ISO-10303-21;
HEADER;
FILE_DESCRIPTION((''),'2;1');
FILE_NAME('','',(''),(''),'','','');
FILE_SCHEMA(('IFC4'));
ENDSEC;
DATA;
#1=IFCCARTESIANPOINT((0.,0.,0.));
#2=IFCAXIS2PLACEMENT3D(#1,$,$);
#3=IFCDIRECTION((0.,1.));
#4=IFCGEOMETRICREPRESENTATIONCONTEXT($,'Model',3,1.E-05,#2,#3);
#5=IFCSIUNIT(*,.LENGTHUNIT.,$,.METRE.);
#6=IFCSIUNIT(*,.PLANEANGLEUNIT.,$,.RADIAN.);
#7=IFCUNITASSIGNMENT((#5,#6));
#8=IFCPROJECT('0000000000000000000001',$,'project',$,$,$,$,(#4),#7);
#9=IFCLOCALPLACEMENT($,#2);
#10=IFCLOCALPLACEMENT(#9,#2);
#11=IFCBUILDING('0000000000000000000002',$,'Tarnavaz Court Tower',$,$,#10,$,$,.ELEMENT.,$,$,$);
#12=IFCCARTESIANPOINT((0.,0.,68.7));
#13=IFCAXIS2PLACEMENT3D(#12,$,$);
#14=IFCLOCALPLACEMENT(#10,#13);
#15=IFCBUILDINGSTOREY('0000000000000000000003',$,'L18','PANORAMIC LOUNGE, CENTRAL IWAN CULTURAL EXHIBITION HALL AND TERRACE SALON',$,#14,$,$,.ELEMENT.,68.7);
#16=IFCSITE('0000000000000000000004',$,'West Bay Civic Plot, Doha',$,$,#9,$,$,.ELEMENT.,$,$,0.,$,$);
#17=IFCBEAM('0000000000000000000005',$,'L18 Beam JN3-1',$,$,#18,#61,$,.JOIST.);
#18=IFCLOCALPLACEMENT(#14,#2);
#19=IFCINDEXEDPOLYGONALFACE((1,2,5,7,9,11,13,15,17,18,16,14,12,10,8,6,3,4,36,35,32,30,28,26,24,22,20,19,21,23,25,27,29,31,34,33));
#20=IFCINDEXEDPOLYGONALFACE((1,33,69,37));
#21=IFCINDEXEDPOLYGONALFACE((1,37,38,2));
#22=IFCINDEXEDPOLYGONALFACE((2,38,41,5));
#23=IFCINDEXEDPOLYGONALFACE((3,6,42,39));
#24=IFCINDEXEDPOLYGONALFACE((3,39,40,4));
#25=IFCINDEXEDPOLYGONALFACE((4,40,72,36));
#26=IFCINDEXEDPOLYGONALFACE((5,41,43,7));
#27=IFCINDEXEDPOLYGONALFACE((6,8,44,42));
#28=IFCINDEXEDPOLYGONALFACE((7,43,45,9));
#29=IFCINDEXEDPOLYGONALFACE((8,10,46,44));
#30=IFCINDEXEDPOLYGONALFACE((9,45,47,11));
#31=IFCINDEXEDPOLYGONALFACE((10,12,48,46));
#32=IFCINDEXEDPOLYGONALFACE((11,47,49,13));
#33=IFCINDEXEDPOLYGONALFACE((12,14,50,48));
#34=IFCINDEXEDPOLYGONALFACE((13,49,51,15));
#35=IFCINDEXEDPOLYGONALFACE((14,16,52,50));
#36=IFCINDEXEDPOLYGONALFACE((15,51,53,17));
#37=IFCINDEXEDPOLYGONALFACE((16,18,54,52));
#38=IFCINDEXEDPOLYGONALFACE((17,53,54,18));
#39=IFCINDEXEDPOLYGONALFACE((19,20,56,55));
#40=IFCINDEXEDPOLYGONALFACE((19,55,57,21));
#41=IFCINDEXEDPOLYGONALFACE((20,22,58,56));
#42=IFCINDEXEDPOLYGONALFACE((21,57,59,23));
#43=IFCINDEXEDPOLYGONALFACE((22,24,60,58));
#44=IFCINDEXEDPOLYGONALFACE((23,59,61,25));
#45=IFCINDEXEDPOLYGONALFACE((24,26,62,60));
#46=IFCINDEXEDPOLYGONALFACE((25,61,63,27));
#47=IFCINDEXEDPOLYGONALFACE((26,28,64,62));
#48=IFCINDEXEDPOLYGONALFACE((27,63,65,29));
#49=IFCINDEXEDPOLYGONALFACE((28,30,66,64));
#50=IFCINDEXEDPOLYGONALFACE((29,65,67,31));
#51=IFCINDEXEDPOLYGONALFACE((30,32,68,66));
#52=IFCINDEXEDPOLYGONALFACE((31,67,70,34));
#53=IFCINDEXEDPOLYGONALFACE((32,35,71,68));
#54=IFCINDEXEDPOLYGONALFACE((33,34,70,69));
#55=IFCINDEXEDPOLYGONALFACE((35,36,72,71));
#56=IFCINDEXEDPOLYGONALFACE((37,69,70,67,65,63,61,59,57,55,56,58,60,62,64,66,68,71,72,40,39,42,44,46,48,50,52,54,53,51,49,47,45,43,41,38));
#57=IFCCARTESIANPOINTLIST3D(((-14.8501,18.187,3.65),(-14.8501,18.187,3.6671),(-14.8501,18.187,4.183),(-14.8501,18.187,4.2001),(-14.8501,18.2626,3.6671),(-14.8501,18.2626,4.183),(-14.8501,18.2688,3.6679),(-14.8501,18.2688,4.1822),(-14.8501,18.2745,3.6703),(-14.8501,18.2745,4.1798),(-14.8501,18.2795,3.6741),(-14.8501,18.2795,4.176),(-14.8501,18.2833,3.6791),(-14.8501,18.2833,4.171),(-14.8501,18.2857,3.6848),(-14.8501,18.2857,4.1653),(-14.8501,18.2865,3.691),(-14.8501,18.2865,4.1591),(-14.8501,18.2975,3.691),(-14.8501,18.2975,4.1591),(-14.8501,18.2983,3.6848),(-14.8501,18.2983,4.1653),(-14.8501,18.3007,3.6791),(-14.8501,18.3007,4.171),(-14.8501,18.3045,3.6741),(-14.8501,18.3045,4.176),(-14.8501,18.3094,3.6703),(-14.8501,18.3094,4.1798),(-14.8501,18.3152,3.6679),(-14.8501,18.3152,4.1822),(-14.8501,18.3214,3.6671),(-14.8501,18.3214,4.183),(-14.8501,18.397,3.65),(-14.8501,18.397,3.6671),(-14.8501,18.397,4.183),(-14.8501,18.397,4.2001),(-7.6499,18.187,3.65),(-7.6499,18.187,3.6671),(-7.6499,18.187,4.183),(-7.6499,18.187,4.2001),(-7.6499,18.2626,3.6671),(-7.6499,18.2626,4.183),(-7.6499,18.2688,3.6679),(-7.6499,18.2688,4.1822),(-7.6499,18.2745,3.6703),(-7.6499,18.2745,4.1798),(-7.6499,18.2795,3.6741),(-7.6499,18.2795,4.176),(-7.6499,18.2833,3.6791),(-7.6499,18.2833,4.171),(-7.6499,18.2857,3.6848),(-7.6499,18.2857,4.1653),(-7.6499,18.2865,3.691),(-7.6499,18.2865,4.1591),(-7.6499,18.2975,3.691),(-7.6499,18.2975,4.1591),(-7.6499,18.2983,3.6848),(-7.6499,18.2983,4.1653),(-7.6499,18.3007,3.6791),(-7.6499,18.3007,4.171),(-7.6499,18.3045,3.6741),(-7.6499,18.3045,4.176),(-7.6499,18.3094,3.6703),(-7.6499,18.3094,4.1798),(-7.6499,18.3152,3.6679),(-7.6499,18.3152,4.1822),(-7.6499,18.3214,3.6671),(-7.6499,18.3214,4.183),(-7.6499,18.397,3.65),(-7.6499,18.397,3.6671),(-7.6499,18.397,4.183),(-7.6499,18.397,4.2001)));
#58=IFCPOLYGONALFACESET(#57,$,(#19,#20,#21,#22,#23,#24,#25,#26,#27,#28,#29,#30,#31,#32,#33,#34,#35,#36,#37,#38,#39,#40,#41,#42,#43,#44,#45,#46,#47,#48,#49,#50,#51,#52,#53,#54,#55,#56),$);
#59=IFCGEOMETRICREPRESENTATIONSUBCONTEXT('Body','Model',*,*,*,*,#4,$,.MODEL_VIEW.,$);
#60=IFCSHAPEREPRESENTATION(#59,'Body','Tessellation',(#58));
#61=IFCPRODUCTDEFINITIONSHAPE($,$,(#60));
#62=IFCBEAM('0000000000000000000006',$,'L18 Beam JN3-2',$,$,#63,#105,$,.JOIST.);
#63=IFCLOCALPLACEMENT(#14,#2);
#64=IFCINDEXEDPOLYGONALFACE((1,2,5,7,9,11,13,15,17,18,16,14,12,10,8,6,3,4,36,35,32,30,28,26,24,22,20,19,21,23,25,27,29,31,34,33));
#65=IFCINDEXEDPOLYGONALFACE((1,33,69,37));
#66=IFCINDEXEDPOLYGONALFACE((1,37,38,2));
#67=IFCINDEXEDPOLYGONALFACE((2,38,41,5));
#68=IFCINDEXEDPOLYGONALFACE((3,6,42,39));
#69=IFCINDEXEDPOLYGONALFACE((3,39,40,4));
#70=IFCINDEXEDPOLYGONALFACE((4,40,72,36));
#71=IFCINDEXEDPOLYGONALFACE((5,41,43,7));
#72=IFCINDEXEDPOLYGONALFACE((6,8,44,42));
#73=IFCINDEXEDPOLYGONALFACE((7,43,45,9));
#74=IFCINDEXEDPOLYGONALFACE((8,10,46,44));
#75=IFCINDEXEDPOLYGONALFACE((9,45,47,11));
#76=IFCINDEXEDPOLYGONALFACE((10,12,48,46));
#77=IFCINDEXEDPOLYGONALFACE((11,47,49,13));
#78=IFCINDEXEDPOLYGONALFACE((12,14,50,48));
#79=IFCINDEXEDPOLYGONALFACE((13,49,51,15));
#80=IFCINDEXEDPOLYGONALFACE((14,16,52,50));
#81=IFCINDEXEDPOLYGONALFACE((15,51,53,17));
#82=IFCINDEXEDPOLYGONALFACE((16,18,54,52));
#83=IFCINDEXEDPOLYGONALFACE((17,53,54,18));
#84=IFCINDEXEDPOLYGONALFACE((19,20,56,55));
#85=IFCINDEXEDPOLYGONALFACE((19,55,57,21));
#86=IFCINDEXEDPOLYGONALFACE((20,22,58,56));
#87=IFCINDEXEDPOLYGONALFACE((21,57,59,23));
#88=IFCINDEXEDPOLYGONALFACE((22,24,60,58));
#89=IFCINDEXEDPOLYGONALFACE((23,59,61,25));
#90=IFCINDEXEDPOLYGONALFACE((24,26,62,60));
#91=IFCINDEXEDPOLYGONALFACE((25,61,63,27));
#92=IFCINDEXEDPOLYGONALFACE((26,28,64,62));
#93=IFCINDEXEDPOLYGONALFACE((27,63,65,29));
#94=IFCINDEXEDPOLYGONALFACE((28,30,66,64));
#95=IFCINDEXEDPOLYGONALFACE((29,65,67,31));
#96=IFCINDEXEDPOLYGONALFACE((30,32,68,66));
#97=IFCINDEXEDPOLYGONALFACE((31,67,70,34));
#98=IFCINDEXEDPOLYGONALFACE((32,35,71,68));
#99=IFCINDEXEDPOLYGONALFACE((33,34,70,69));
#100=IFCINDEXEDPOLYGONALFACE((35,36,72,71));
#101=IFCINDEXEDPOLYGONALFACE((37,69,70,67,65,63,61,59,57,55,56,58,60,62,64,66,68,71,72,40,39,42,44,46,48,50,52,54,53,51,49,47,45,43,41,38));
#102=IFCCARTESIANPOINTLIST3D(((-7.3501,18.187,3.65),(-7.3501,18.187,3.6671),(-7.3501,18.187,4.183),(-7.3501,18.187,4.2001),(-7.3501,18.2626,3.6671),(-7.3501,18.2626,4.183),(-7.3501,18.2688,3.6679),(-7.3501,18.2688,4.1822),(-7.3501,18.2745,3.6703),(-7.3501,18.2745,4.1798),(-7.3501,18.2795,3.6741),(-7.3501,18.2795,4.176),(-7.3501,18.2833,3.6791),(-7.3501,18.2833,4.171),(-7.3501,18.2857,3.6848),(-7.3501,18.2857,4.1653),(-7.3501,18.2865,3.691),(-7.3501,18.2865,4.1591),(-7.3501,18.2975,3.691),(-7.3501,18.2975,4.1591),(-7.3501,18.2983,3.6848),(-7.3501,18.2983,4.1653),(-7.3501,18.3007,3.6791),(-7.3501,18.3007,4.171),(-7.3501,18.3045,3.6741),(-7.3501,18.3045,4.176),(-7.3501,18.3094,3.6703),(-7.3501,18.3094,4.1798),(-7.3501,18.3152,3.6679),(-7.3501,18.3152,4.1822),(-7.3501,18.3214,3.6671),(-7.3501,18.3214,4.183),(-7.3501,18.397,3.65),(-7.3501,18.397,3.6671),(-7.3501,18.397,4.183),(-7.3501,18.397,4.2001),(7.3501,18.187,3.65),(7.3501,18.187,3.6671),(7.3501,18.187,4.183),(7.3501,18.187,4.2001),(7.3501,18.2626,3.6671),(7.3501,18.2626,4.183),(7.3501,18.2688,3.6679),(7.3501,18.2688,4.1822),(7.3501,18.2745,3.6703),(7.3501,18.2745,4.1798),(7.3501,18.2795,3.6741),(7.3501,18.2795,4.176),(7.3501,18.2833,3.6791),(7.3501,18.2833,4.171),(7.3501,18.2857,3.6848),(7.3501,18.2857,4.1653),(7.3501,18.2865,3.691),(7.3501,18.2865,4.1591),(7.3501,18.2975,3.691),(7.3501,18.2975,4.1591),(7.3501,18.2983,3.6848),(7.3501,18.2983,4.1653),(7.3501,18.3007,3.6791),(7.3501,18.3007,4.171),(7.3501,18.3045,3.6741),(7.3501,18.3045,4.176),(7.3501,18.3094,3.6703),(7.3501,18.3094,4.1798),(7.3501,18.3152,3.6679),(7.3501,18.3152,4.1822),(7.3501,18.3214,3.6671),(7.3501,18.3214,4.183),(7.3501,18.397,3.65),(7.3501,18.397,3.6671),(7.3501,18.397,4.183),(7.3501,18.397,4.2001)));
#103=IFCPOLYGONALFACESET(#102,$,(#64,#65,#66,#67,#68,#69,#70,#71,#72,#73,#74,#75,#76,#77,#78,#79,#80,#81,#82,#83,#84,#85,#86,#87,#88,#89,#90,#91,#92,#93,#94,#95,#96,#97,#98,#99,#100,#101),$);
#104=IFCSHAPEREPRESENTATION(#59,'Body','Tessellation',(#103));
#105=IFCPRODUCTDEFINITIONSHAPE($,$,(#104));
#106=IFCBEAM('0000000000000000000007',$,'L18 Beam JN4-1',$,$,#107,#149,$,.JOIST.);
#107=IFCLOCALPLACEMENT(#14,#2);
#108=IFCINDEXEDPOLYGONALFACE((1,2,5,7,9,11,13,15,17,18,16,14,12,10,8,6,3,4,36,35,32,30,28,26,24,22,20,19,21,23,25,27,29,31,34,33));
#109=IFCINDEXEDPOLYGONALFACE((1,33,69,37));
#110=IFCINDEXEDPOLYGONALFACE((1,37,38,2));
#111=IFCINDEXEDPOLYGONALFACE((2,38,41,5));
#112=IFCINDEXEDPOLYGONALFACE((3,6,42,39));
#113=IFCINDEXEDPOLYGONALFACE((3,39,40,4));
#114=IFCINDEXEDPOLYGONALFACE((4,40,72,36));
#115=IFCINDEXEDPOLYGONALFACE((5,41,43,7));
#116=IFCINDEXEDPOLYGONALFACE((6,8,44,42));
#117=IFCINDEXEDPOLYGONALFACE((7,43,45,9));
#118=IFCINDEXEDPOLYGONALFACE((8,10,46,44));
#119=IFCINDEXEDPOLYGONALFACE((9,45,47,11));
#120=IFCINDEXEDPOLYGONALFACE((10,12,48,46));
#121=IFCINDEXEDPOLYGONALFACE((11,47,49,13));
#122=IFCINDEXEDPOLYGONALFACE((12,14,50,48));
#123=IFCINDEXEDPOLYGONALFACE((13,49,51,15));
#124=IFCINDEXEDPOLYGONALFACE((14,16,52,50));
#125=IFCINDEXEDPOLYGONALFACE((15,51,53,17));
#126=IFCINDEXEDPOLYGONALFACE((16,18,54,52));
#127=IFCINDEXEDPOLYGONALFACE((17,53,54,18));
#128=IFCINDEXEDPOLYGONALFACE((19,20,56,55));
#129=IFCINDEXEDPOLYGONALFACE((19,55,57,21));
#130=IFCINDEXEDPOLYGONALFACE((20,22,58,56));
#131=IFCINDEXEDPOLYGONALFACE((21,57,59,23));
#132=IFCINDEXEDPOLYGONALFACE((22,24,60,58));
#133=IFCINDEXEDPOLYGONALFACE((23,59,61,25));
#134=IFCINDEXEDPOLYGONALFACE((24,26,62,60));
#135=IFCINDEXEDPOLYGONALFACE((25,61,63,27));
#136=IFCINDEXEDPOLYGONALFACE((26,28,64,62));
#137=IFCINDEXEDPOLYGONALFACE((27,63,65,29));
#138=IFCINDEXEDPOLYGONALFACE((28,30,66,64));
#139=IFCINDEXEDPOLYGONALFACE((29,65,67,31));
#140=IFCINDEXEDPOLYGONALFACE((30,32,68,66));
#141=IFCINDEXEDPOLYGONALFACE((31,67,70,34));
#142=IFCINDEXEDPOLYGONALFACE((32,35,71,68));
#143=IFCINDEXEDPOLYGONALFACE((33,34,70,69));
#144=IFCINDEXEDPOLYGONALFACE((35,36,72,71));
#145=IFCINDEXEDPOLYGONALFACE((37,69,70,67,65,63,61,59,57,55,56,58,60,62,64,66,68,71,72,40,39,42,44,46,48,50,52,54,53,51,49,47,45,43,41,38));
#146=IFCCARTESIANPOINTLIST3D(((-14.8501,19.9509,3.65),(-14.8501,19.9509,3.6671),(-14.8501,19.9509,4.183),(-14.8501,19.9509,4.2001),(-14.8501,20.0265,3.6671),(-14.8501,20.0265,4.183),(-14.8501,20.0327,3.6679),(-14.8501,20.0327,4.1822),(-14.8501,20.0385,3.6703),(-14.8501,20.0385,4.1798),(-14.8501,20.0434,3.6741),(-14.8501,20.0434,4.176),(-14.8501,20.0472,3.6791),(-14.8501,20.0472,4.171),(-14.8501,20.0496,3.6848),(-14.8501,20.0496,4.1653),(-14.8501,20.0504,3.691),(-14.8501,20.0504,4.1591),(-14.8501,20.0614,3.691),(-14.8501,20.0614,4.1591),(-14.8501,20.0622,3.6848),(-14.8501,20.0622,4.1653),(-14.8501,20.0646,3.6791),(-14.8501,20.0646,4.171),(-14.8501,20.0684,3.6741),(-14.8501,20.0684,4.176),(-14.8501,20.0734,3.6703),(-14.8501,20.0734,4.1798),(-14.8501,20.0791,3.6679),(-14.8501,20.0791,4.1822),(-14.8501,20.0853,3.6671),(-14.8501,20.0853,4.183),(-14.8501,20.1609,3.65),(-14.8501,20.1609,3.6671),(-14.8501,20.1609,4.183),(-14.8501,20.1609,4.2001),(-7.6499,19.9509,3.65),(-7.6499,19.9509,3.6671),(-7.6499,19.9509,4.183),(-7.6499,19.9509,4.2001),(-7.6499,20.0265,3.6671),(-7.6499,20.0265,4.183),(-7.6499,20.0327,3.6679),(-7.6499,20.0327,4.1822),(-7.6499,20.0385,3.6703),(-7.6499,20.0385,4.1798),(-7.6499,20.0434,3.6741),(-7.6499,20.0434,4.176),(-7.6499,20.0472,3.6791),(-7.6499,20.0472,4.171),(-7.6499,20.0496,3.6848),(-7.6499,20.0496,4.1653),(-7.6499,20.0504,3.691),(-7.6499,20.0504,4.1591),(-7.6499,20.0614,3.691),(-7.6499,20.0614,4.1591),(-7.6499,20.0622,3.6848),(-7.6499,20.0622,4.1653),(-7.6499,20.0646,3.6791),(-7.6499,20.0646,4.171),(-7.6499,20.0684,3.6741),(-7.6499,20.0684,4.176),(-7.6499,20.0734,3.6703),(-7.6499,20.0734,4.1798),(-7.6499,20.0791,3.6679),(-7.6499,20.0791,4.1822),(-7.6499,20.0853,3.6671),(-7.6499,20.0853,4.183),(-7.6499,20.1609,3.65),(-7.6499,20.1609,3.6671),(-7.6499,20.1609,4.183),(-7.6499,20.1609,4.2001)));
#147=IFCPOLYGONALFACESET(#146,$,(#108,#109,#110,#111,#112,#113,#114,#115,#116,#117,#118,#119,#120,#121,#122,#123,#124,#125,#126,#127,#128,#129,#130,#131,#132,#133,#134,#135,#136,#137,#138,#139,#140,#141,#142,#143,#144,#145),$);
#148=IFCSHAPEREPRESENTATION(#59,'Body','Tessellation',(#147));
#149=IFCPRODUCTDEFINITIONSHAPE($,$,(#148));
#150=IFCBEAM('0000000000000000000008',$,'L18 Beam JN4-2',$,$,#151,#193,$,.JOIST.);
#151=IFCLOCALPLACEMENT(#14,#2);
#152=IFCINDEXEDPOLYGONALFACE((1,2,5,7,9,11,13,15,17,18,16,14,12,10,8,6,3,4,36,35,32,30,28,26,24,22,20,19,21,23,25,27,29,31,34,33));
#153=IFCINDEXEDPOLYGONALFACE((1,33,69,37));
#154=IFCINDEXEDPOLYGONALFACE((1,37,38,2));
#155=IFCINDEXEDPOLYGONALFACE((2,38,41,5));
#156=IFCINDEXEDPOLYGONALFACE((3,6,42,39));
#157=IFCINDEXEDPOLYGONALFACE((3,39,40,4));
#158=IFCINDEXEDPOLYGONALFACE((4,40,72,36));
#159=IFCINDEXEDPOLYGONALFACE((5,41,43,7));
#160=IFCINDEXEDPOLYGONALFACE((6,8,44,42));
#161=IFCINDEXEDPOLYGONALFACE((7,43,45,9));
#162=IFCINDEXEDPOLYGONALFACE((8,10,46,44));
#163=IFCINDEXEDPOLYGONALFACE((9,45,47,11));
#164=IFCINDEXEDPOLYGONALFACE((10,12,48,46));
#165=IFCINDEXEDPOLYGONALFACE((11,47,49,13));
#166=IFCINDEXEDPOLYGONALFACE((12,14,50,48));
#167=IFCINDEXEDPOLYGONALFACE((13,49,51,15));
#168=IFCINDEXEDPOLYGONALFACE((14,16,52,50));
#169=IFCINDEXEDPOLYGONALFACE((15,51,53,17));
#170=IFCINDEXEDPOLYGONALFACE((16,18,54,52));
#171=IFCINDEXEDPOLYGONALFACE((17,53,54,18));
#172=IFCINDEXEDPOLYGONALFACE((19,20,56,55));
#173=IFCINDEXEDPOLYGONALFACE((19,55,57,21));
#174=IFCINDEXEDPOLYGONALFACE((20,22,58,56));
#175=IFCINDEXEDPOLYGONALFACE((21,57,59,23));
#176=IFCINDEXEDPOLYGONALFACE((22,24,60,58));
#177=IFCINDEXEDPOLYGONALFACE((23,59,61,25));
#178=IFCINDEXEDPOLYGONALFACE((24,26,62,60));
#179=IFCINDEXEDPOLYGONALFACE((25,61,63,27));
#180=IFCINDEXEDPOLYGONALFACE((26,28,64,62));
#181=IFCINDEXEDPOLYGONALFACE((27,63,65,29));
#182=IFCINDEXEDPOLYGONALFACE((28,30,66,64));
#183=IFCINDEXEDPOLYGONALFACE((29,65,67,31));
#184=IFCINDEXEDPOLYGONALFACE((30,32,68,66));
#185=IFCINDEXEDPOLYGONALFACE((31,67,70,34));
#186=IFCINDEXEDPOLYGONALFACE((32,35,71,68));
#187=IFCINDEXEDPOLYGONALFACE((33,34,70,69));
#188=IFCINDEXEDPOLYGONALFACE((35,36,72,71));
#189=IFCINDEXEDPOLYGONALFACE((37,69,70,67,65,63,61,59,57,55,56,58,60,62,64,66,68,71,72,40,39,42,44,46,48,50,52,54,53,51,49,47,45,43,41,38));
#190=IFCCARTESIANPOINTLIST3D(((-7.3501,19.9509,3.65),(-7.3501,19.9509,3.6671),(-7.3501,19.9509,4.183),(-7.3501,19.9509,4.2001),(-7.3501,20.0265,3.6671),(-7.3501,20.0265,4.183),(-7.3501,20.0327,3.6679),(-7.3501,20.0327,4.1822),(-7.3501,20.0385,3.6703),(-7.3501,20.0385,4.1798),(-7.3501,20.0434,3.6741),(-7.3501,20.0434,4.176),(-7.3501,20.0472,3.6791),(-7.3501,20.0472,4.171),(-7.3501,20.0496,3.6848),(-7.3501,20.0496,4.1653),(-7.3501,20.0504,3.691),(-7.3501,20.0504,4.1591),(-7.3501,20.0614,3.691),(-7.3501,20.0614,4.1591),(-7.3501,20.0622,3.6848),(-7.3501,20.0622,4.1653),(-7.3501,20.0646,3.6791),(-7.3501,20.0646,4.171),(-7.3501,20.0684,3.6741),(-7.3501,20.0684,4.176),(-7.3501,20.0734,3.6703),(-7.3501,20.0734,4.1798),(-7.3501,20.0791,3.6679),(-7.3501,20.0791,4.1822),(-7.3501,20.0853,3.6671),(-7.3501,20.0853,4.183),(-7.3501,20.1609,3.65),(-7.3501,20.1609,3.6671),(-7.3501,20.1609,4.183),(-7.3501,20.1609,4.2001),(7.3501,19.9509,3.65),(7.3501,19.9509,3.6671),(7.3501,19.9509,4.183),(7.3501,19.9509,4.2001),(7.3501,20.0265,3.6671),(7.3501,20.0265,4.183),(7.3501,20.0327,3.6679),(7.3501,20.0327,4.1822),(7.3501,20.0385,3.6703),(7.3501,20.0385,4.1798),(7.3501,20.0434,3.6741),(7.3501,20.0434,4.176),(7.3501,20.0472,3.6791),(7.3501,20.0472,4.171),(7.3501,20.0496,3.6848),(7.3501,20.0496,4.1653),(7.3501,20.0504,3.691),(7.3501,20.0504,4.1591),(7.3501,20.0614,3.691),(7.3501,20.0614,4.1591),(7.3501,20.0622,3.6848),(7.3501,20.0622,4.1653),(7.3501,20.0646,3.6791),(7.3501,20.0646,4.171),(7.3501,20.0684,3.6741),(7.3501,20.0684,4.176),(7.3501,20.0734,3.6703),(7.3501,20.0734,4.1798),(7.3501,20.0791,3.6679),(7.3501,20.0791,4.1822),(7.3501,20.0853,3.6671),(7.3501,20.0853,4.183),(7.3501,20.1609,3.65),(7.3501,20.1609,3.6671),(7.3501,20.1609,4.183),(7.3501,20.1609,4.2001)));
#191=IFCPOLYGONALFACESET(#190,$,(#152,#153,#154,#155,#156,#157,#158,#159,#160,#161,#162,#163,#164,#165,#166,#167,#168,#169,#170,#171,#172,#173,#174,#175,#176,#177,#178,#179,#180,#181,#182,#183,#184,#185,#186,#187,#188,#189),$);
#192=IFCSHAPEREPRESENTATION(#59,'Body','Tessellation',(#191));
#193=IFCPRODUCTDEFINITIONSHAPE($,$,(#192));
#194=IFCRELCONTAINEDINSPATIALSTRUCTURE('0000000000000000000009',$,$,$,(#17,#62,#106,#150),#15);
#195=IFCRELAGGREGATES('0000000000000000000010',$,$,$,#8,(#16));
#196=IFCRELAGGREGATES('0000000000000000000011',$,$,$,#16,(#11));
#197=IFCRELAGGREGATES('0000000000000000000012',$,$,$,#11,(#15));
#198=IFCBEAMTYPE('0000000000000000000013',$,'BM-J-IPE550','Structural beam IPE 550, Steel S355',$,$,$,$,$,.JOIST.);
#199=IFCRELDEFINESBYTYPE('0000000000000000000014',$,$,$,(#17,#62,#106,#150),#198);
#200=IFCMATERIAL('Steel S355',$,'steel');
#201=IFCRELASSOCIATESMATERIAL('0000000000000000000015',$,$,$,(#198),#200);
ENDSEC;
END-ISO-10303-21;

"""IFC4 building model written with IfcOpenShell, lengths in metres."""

from ifc_helpers import new_model, si_unit, direction, frame, origin, origin_2d, place, context, subcontext, project, spatial, i_section, extrude, material, material_profile, profile_set, type_object, element, save


model = new_model("IFC4")

# Units and contexts
model_context = context("Model", 3, precision=1e-05, world=origin(), true_north=direction((0.0, 1.0)))
body_context = subcontext(model_context, "Body", "Model", "MODEL_VIEW")
ifc_project = project(units=[si_unit("LENGTHUNIT", "METRE"), si_unit("PLANEANGLEUNIT", "RADIAN")], contexts=[model_context])

# Site, building, storey
site_placement = place(None, origin())
site = spatial("IfcSite", under=ifc_project, at=site_placement, Name="West Bay Civic Plot, Doha", CompositionType="ELEMENT", RefElevation=0.0)
building_placement = place(site_placement, origin())
building = spatial("IfcBuilding", under=site, at=building_placement, Name="Tarnavaz Court Tower", CompositionType="ELEMENT")
storey_placement = place(building_placement, frame((0.0, 0.0, 68.7)))
storey = spatial("IfcBuildingStorey", under=building, at=storey_placement, Name="L18", Description="PANORAMIC LOUNGE, CENTRAL IWAN CULTURAL EXHIBITION HALL AND TERRACE SALON", CompositionType="ELEMENT", Elevation=68.7)

# Beams
ifc_material_1 = material(Name="Steel S355", Category="steel")
ifc_material_profile_1 = material_profile(ifc_material_1, i_section(OverallWidth=0.21, OverallDepth=0.55, WebThickness=0.011, FlangeThickness=0.0171, FilletRadius=0.0239, at=origin_2d()), Name="IPE 550")
ifc_profile_set_1 = profile_set([ifc_material_profile_1], Name="Steel S355")
beam_type_1 = type_object("IfcBeamType", Name="BM-J-IPE550", Description="Structural beam IPE 550, Steel S355", PredefinedType="JOIST", material=ifc_profile_set_1)
beam_1_placement = place(storey_placement, frame((-14.8501, 18.292, 3.925), z_axis=(1.0, 0.0, 0.0), x_axis=(0.0, 1.0, 0.0)))
element("IfcBeam", 1, at=beam_1_placement, inside=storey, type_object=beam_type_1, Name="L18 Beam JN3-1", PredefinedType="JOIST", context=body_context, shape_type="SweptSolid", body=[
    extrude(i_section(OverallWidth=0.21, OverallDepth=0.55, WebThickness=0.011, FlangeThickness=0.0171, FilletRadius=0.0239, at=origin_2d()), origin(), (0.0, 0.0, 1.0), 7.2002),
])
beam_2_placement = place(storey_placement, frame((-7.3501, 18.292, 3.925), z_axis=(1.0, 0.0, 0.0), x_axis=(0.0, 1.0, 0.0)))
element("IfcBeam", 2, at=beam_2_placement, inside=storey, type_object=beam_type_1, Name="L18 Beam JN3-2", PredefinedType="JOIST", context=body_context, shape_type="SweptSolid", body=[
    extrude(i_section(OverallWidth=0.21, OverallDepth=0.55, WebThickness=0.011, FlangeThickness=0.0171, FilletRadius=0.0239, at=origin_2d()), origin(), (0.0, 0.0, 1.0), 14.7002),
])
beam_3_placement = place(storey_placement, frame((-14.8501, 20.0559, 3.925), z_axis=(1.0, 0.0, 0.0), x_axis=(0.0, 1.0, 0.0)))
element("IfcBeam", 3, at=beam_3_placement, inside=storey, type_object=beam_type_1, Name="L18 Beam JN4-1", PredefinedType="JOIST", context=body_context, shape_type="SweptSolid", body=[
    extrude(i_section(OverallWidth=0.21, OverallDepth=0.55, WebThickness=0.011, FlangeThickness=0.0171, FilletRadius=0.0239, at=origin_2d()), origin(), (0.0, 0.0, 1.0), 7.2002),
])
beam_4_placement = place(storey_placement, frame((-7.3501, 20.0559, 3.925), z_axis=(1.0, 0.0, 0.0), x_axis=(0.0, 1.0, 0.0)))
element("IfcBeam", 4, at=beam_4_placement, inside=storey, type_object=beam_type_1, Name="L18 Beam JN4-2", PredefinedType="JOIST", context=body_context, shape_type="SweptSolid", body=[
    extrude(i_section(OverallWidth=0.21, OverallDepth=0.55, WebThickness=0.011, FlangeThickness=0.0171, FilletRadius=0.0239, at=origin_2d()), origin(), (0.0, 0.0, 1.0), 14.7002),
])

save(model, "model.ifc")
